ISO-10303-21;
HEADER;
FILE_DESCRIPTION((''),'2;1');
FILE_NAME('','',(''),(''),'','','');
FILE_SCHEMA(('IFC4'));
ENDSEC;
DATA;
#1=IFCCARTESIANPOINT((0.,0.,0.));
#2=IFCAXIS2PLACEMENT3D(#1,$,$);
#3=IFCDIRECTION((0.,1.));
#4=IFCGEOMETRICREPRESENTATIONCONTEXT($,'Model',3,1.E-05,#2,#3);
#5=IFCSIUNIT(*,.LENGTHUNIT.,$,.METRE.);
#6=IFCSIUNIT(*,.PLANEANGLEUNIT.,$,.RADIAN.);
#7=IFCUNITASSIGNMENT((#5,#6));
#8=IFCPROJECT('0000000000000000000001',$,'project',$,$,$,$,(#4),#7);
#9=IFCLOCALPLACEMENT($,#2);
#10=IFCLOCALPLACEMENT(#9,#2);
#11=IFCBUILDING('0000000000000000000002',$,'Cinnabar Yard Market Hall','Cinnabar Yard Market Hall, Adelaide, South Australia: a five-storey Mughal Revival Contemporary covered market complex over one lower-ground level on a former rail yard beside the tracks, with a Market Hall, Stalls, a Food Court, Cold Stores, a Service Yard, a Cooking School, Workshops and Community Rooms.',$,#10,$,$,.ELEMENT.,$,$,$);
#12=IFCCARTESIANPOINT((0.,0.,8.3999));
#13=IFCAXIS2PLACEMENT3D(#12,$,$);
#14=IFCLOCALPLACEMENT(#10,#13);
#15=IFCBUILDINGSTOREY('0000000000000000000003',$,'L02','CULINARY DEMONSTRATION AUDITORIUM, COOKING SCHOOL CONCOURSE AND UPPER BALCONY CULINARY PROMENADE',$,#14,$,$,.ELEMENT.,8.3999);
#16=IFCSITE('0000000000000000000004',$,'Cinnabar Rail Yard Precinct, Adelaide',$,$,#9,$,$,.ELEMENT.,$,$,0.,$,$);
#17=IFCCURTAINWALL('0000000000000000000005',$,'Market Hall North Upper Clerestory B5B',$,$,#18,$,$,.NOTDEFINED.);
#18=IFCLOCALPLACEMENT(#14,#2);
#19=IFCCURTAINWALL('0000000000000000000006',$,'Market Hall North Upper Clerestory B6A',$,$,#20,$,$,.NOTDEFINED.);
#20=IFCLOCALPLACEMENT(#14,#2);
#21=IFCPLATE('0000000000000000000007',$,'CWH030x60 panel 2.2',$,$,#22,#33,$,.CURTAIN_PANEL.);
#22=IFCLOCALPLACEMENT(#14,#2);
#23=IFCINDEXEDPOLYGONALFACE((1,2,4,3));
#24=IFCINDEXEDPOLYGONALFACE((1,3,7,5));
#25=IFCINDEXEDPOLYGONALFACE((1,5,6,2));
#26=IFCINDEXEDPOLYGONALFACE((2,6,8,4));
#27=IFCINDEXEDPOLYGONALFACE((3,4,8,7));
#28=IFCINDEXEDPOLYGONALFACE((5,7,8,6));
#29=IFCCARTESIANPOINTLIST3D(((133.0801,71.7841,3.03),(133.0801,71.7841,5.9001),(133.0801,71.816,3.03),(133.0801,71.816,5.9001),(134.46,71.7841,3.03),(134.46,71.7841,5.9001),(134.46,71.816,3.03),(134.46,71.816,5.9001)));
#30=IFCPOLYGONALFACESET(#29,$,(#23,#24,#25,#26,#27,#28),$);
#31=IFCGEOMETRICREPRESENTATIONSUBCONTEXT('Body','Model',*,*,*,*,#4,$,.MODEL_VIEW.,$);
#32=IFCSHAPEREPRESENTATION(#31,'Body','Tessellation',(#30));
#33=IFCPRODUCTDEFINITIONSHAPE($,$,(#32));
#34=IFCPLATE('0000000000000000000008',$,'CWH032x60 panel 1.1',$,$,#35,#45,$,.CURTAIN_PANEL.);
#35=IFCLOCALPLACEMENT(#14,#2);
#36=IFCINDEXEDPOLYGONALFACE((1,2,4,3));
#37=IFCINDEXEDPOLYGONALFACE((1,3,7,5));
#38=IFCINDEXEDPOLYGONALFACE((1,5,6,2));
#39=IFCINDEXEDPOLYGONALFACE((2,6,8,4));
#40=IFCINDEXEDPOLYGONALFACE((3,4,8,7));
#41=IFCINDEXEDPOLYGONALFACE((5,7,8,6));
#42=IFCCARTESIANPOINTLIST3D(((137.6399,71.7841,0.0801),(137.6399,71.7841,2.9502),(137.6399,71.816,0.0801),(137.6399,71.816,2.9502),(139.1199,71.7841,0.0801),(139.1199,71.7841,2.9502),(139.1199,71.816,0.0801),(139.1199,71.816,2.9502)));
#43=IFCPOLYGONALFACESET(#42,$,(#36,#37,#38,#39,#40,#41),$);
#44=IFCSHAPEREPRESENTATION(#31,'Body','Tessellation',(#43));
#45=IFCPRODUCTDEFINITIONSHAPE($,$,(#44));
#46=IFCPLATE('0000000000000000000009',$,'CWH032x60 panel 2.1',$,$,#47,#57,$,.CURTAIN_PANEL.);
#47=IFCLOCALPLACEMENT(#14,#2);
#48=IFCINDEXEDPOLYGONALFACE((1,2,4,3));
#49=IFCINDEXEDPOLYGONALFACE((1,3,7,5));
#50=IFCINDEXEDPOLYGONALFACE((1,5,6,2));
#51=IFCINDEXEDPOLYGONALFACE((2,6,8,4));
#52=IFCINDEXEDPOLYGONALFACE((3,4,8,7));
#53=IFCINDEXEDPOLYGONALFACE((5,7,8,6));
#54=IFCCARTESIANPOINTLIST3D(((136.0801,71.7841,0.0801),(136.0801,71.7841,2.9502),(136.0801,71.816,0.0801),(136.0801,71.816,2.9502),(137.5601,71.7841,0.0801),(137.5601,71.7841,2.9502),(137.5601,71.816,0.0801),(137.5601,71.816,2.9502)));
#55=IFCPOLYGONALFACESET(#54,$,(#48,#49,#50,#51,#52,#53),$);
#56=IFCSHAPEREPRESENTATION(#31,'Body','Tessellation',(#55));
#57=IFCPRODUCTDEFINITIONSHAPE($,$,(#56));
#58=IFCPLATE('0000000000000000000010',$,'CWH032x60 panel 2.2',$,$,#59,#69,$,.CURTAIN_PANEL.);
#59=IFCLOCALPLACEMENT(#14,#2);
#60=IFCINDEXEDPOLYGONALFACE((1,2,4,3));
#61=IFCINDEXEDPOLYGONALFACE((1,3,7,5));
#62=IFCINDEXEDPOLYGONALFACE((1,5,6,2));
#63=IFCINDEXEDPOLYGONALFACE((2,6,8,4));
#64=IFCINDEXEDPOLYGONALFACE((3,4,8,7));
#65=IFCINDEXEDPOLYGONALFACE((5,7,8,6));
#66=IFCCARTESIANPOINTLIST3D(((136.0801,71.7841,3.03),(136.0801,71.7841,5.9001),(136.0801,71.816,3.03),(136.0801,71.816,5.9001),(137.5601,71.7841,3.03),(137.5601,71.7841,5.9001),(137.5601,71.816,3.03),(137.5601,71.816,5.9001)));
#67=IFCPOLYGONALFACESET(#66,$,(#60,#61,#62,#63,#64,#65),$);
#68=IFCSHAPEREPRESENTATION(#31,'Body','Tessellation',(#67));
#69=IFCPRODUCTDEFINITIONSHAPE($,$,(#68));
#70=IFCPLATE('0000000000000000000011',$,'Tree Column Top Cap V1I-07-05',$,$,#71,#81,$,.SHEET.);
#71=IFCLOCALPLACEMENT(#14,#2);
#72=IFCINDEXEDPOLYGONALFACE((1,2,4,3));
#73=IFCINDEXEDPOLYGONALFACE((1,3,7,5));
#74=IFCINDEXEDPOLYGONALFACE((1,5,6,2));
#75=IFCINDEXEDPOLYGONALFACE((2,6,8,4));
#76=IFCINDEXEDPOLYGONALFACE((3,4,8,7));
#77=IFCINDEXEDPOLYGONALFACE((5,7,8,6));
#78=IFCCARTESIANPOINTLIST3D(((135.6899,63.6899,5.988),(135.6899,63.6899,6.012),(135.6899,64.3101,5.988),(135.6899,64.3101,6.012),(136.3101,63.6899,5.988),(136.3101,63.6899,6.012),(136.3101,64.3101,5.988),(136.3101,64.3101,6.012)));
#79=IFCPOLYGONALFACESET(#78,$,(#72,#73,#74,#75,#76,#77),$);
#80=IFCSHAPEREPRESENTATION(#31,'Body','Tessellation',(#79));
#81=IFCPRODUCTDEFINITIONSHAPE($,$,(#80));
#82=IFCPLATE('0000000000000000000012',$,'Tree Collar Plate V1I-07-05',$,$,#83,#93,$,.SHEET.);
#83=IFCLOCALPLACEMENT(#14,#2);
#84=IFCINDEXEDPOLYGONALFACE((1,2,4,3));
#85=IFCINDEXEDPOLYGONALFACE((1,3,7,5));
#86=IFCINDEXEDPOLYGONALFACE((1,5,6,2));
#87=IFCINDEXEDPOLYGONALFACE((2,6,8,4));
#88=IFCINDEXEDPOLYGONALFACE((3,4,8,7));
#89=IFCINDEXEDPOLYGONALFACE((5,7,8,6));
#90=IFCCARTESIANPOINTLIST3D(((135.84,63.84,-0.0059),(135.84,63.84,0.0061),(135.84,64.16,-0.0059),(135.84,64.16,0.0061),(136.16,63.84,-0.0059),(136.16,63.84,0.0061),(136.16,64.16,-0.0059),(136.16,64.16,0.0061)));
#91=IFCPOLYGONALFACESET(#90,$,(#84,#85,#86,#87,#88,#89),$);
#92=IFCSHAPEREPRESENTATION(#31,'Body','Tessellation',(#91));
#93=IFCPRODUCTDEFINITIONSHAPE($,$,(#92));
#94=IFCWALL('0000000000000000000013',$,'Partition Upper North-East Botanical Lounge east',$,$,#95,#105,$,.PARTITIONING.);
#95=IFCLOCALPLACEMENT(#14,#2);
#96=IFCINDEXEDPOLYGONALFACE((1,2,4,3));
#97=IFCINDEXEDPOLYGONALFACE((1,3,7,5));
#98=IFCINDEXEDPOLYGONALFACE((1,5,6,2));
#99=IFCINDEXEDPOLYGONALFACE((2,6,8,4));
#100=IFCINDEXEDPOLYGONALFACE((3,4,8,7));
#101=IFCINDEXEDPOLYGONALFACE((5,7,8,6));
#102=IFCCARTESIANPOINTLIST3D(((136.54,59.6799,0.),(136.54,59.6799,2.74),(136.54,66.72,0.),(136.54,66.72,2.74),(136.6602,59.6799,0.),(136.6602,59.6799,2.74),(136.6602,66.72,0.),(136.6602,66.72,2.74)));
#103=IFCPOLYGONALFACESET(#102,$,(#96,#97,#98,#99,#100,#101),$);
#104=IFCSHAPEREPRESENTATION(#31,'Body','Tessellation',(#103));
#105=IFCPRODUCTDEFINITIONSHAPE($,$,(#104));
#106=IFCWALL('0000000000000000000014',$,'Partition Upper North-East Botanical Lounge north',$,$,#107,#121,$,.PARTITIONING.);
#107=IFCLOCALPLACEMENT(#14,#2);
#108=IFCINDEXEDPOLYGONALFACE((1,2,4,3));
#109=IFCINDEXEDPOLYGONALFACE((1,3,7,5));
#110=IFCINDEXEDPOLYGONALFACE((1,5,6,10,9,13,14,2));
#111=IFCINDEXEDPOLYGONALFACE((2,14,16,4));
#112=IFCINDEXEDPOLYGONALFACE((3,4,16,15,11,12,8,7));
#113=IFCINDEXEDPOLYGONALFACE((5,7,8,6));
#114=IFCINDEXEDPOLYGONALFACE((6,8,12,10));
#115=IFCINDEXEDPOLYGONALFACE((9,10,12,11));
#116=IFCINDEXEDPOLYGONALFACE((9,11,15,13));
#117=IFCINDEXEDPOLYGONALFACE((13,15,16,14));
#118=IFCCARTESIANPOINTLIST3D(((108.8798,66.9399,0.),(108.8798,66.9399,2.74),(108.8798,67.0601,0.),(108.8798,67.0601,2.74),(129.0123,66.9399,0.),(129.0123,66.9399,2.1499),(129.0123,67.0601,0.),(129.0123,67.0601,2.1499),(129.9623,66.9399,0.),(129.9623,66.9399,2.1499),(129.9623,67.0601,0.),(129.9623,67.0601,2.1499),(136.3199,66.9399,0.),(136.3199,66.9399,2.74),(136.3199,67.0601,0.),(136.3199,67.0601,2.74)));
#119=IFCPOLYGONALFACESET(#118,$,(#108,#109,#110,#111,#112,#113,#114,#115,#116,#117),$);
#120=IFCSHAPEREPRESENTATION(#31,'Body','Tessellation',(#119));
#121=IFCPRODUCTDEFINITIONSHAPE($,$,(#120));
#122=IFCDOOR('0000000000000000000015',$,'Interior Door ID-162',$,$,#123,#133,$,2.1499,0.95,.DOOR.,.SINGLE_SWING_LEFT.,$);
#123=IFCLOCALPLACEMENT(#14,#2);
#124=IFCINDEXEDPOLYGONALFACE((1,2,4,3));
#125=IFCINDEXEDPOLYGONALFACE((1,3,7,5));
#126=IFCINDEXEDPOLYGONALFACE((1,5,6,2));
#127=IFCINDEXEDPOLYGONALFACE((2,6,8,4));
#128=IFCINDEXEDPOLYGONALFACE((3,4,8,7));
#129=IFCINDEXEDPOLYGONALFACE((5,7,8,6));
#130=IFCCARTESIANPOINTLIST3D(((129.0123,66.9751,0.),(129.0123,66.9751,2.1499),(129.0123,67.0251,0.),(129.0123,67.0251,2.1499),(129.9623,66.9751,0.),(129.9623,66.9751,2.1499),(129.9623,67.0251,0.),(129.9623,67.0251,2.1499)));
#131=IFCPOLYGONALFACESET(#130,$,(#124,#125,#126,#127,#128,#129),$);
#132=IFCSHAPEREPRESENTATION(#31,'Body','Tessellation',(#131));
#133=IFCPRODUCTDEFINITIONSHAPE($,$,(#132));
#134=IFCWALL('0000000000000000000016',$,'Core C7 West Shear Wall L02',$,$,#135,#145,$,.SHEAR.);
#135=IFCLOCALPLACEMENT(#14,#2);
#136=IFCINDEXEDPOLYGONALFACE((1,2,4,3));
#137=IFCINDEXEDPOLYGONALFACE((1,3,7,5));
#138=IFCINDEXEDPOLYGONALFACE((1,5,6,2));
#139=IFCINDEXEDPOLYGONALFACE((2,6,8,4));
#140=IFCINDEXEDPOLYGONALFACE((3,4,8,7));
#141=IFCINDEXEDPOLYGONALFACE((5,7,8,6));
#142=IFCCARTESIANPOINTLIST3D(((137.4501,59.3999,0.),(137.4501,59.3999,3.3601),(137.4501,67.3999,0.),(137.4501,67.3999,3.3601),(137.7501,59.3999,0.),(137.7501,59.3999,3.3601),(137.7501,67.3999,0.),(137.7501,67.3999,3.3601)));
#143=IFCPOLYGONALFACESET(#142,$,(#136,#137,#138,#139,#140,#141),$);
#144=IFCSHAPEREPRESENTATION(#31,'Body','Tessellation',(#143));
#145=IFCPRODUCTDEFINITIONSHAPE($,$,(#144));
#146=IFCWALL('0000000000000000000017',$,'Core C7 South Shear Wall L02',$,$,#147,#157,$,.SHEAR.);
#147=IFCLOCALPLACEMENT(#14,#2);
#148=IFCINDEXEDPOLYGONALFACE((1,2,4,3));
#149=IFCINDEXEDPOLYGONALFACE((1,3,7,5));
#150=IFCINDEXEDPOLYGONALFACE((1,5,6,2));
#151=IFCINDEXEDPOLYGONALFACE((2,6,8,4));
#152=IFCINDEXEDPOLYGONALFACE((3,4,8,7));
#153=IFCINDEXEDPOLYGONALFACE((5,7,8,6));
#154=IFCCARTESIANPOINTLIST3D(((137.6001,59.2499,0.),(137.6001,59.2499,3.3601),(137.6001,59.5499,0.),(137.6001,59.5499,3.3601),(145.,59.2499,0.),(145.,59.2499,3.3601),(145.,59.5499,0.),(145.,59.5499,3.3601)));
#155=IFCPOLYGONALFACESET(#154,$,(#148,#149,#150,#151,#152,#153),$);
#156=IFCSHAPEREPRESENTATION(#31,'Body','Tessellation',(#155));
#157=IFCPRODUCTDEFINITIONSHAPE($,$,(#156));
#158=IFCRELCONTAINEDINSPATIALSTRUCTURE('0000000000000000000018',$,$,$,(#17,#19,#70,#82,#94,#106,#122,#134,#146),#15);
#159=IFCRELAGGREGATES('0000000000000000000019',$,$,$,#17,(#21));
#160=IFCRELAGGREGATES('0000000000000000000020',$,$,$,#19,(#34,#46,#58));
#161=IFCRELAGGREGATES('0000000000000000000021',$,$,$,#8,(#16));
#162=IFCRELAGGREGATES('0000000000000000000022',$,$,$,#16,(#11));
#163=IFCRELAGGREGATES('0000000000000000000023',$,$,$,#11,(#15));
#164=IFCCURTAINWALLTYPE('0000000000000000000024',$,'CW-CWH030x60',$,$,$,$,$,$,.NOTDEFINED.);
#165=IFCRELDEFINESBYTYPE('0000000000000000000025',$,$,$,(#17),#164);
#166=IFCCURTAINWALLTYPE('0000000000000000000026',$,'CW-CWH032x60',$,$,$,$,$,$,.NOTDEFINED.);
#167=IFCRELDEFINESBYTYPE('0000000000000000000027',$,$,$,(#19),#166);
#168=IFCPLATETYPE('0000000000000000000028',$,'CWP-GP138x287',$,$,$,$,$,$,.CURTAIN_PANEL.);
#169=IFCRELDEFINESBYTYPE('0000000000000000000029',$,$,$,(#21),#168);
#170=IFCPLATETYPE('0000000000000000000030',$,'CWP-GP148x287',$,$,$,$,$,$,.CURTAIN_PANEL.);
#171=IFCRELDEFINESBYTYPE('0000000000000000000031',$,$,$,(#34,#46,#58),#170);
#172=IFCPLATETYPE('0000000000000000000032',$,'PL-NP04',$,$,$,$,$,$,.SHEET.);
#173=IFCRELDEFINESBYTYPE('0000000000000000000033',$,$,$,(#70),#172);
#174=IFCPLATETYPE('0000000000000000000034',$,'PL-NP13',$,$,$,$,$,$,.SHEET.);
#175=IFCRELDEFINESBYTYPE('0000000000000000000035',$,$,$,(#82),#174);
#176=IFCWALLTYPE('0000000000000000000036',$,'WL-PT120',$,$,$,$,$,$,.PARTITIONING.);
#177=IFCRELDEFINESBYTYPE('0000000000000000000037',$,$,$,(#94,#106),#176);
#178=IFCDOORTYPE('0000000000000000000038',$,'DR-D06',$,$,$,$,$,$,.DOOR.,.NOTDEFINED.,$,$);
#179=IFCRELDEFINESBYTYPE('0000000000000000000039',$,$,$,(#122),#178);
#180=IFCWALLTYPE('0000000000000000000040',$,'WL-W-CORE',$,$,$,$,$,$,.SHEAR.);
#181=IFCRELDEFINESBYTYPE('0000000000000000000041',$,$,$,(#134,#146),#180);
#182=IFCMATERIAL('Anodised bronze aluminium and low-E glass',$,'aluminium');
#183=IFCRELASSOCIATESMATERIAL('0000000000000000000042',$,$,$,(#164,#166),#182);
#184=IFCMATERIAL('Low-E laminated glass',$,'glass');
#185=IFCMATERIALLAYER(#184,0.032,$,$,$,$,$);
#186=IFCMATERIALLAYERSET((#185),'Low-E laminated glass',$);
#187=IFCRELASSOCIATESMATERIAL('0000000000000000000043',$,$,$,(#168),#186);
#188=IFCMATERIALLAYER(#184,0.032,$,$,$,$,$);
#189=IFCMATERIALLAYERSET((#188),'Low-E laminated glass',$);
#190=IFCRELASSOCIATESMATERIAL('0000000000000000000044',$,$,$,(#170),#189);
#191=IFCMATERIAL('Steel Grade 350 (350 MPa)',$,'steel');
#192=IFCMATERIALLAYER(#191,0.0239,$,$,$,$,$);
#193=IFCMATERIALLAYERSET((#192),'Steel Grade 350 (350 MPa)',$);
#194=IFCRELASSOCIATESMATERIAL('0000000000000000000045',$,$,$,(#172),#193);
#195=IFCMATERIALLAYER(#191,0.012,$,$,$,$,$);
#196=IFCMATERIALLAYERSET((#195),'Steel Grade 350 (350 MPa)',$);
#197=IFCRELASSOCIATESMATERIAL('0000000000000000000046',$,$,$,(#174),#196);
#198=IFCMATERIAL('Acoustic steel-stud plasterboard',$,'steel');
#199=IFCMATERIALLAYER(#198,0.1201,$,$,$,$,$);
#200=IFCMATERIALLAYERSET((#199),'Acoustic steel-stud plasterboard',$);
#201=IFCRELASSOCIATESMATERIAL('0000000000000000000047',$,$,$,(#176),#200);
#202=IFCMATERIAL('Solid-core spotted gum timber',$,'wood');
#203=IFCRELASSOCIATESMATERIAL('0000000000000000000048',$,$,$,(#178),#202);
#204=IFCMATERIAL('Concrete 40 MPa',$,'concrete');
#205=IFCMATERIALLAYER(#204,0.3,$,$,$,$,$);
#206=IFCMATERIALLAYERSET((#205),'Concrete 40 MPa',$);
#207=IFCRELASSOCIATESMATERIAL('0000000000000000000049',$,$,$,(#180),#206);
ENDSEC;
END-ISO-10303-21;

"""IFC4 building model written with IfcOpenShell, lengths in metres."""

from ifc_helpers import new_model, si_unit, direction, frame, frame_2d, origin, origin_2d_with_axis, place, context, subcontext, project, spatial, rectangle, extrude, material, layer, layer_set, type_object, element, fill, aggregate, save


model = new_model("IFC4")

# Units and contexts
model_context = context("Model", 3, precision=1e-05, world=origin(), true_north=direction((0.0, 1.0)))
body_context = subcontext(model_context, "Body", "Model", "MODEL_VIEW")
ifc_project = project(units=[si_unit("LENGTHUNIT", "METRE"), si_unit("PLANEANGLEUNIT", "RADIAN")], contexts=[model_context])

# Site, building, storey
site_placement = place(None, origin())
site = spatial("IfcSite", under=ifc_project, at=site_placement, Name="Cinnabar Rail Yard Precinct, Adelaide", CompositionType="ELEMENT", RefElevation=0.0)
building_placement = place(site_placement, origin())
building = spatial("IfcBuilding", under=site, at=building_placement, Name="Cinnabar Yard Market Hall", Description="Cinnabar Yard Market Hall, Adelaide, South Australia: a five-storey Mughal Revival Contemporary covered market complex over one lower-ground level on a former rail yard beside the tracks, with a Market Hall, Stalls, a Food Court, Cold Stores, a Service Yard, a Cooking School, Workshops and Community Rooms.", CompositionType="ELEMENT")
storey_placement = place(building_placement, frame((0.0, 0.0, 8.3999)))
storey = spatial("IfcBuildingStorey", under=building, at=storey_placement, Name="L02", Description="CULINARY DEMONSTRATION AUDITORIUM, COOKING SCHOOL CONCOURSE AND UPPER BALCONY CULINARY PROMENADE", CompositionType="ELEMENT", Elevation=8.3999)

# Curtain walls
ifc_material_1 = material(Name="Anodised bronze aluminium and low-E glass", Category="aluminium")
curtain_wall_type_1 = type_object("IfcCurtainWallType", Name="CW-CWH030x60", PredefinedType="NOTDEFINED", material=ifc_material_1)
curtain_wall_1_placement = place(storey_placement, origin())
curtain_wall_1 = element("IfcCurtainWall", 1, at=curtain_wall_1_placement, inside=storey, type_object=curtain_wall_type_1, Name="Market Hall North Upper Clerestory B5B", PredefinedType="NOTDEFINED")
curtain_wall_type_2 = type_object("IfcCurtainWallType", Name="CW-CWH032x60", PredefinedType="NOTDEFINED", material=ifc_material_1)
curtain_wall_2_placement = place(storey_placement, origin())
curtain_wall_2 = element("IfcCurtainWall", 2, at=curtain_wall_2_placement, inside=storey, type_object=curtain_wall_type_2, Name="Market Hall North Upper Clerestory B6A", PredefinedType="NOTDEFINED")

# Plates
ifc_material_2 = material(Name="Low-E laminated glass", Category="glass")
ifc_layer_1 = layer(ifc_material_2, 0.032)
ifc_layer_set_1 = layer_set([ifc_layer_1], Name="Low-E laminated glass")
plate_type_1 = type_object("IfcPlateType", Name="CWP-GP138x287", PredefinedType="CURTAIN_PANEL", material=ifc_layer_set_1)
plate_1_placement = place(storey_placement, frame((133.77, 71.8, 3.03), z_axis=(0.0, 0.0, 1.0), x_axis=(-1.0, 0.0, 0.0)))
plate_1 = element("IfcPlate", 3, at=plate_1_placement, type_object=plate_type_1, Name="CWH030x60 panel 2.2", PredefinedType="CURTAIN_PANEL", context=body_context, shape_type="SweptSolid", body=[
    extrude(rectangle(XDim=1.3799, YDim=0.032, at=origin_2d_with_axis()), origin(), (0.0, 0.0, 1.0), 2.8701),
])
aggregate(curtain_wall_1, [plate_1])
ifc_layer_2 = layer(ifc_material_2, 0.032)
ifc_layer_set_2 = layer_set([ifc_layer_2], Name="Low-E laminated glass")
plate_type_2 = type_object("IfcPlateType", Name="CWP-GP148x287", PredefinedType="CURTAIN_PANEL", material=ifc_layer_set_2)
plate_2_placement = place(storey_placement, frame((138.3799, 71.8, 0.0801), z_axis=(0.0, 0.0, 1.0), x_axis=(-1.0, 0.0, 0.0)))
plate_2 = element("IfcPlate", 4, at=plate_2_placement, type_object=plate_type_2, Name="CWH032x60 panel 1.1", PredefinedType="CURTAIN_PANEL", context=body_context, shape_type="SweptSolid", body=[
    extrude(rectangle(XDim=1.48, YDim=0.032, at=origin_2d_with_axis()), origin(), (0.0, 0.0, 1.0), 2.8701),
])
plate_3_placement = place(storey_placement, frame((136.8201, 71.8, 0.0801), z_axis=(0.0, 0.0, 1.0), x_axis=(-1.0, 0.0, 0.0)))
plate_3 = element("IfcPlate", 5, at=plate_3_placement, type_object=plate_type_2, Name="CWH032x60 panel 2.1", PredefinedType="CURTAIN_PANEL", context=body_context, shape_type="SweptSolid", body=[
    extrude(rectangle(XDim=1.48, YDim=0.032, at=origin_2d_with_axis()), origin(), (0.0, 0.0, 1.0), 2.8701),
])
plate_4_placement = place(storey_placement, frame((136.8201, 71.8, 3.03), z_axis=(0.0, 0.0, 1.0), x_axis=(-1.0, 0.0, 0.0)))
plate_4 = element("IfcPlate", 6, at=plate_4_placement, type_object=plate_type_2, Name="CWH032x60 panel 2.2", PredefinedType="CURTAIN_PANEL", context=body_context, shape_type="SweptSolid", body=[
    extrude(rectangle(XDim=1.48, YDim=0.032, at=origin_2d_with_axis()), origin(), (0.0, 0.0, 1.0), 2.8701),
])
aggregate(curtain_wall_2, [plate_2, plate_3, plate_4])

# Plates
ifc_material_3 = material(Name="Steel Grade 350 (350 MPa)", Category="steel")
ifc_layer_3 = layer(ifc_material_3, 0.0239)
ifc_layer_set_3 = layer_set([ifc_layer_3], Name="Steel Grade 350 (350 MPa)")
plate_type_3 = type_object("IfcPlateType", Name="PL-NP04", PredefinedType="SHEET", material=ifc_layer_set_3)
plate_5_placement = place(storey_placement, frame((136.0, 64.0, 5.988), z_axis=(0.0, 0.0, 1.0), x_axis=(1.0, 0.0, 0.0)))
element("IfcPlate", 7, at=plate_5_placement, inside=storey, type_object=plate_type_3, Name="Tree Column Top Cap V1I-07-05", PredefinedType="SHEET", context=body_context, shape_type="SweptSolid", body=[
    extrude(rectangle(XDim=0.6201, YDim=0.6201, at=origin_2d_with_axis()), origin(), (0.0, 0.0, 1.0), 0.0239),
])
ifc_layer_4 = layer(ifc_material_3, 0.012)
ifc_layer_set_4 = layer_set([ifc_layer_4], Name="Steel Grade 350 (350 MPa)")
plate_type_4 = type_object("IfcPlateType", Name="PL-NP13", PredefinedType="SHEET", material=ifc_layer_set_4)
plate_6_placement = place(storey_placement, frame((136.0, 64.0, -0.0059), z_axis=(0.0, 0.0, 1.0), x_axis=(1.0, 0.0, 0.0)))
element("IfcPlate", 8, at=plate_6_placement, inside=storey, type_object=plate_type_4, Name="Tree Collar Plate V1I-07-05", PredefinedType="SHEET", context=body_context, shape_type="SweptSolid", body=[
    extrude(rectangle(XDim=0.3201, YDim=0.3201, at=origin_2d_with_axis()), origin(), (0.0, 0.0, 1.0), 0.012),
])

# Wall
ifc_material_4 = material(Name="Acoustic steel-stud plasterboard", Category="steel")
ifc_layer_5 = layer(ifc_material_4, 0.1201)
ifc_layer_set_5 = layer_set([ifc_layer_5], Name="Acoustic steel-stud plasterboard")
wall_type_1 = type_object("IfcWallType", Name="WL-PT120", PredefinedType="PARTITIONING", material=ifc_layer_set_5)
wall_1_placement = place(storey_placement, frame((136.6001, 59.6799, 0.0), z_axis=(0.0, 0.0, 1.0), x_axis=(0.0, 1.0, 0.0)))
element("IfcWall", 9, at=wall_1_placement, inside=storey, type_object=wall_type_1, Name="Partition Upper North-East Botanical Lounge east", PredefinedType="PARTITIONING", context=body_context, shape_type="SweptSolid", body=[
    extrude(rectangle(XDim=7.04, YDim=0.1201, at=frame_2d((3.52, 0.0), x_axis=(1.0, 0.0))), origin(), (0.0, 0.0, 1.0), 2.74),
])

# Wall, opening, door
wall_2_placement = place(storey_placement, frame((136.3201, 67.0, 0.0), z_axis=(0.0, 0.0, 1.0), x_axis=(-1.0, 0.0, 0.0)))
wall_2 = element("IfcWall", 10, at=wall_2_placement, inside=storey, type_object=wall_type_1, Name="Partition Upper North-East Botanical Lounge north", PredefinedType="PARTITIONING", context=body_context, shape_type="SweptSolid", body=[
    extrude(rectangle(XDim=27.4402, YDim=0.1201, at=frame_2d((13.7202, 0.0), x_axis=(1.0, 0.0))), origin(), (0.0, 0.0, 1.0), 2.74),
])
opening_placement = place(wall_2_placement, frame((6.3577, 0.0, 0.0)))
opening = element("IfcOpeningElement", 11, at=opening_placement, cuts=wall_2, PredefinedType="OPENING", context=body_context, shape_type="SweptSolid", body=[
    extrude(rectangle(XDim=0.95, YDim=2.1499, at=frame_2d((0.4751, 1.075), x_axis=(1.0, 0.0))), frame((0.0, 0.0701, 0.0), z_axis=(0.0, -1.0, 0.0), x_axis=(1.0, 0.0, 0.0)), (0.0, 0.0, 1.0), 0.1401),
])
ifc_material_5 = material(Name="Solid-core spotted gum timber", Category="wood")
door_type = type_object("IfcDoorType", Name="DR-D06", OperationType="NOTDEFINED", PredefinedType="DOOR", material=ifc_material_5)
door_placement = place(opening_placement, origin())
door = element("IfcDoor", 12, at=door_placement, inside=storey, type_object=door_type, Name="Interior Door ID-162", OperationType="SINGLE_SWING_LEFT", OverallHeight=2.1499, OverallWidth=0.95, PredefinedType="DOOR", context=body_context, shape_type="SweptSolid", body=[
    extrude(rectangle(XDim=0.95, YDim=2.1499, at=frame_2d((0.4751, 1.075), x_axis=(1.0, 0.0))), frame((0.0, 0.0249, 0.0), z_axis=(0.0, -1.0, 0.0), x_axis=(1.0, 0.0, 0.0)), (0.0, 0.0, 1.0), 0.05),
])
fill(opening, door)

# Walls
ifc_material_6 = material(Name="Concrete 40 MPa", Category="concrete")
ifc_layer_6 = layer(ifc_material_6, 0.3)
ifc_layer_set_6 = layer_set([ifc_layer_6], Name="Concrete 40 MPa")
wall_type_2 = type_object("IfcWallType", Name="WL-W-CORE", PredefinedType="SHEAR", material=ifc_layer_set_6)
wall_3_placement = place(storey_placement, frame((137.6001, 67.3999, 0.0), z_axis=(0.0, 0.0, 1.0), x_axis=(0.0, -1.0, 0.0)))
element("IfcWall", 13, at=wall_3_placement, inside=storey, type_object=wall_type_2, Name="Core C7 West Shear Wall L02", PredefinedType="SHEAR", context=body_context, shape_type="SweptSolid", body=[
    extrude(rectangle(XDim=8.0, YDim=0.3, at=frame_2d((4.0, 0.0), x_axis=(1.0, 0.0))), origin(), (0.0, 0.0, 1.0), 3.3601),
])
wall_4_placement = place(storey_placement, frame((137.6001, 59.3999, 0.0), z_axis=(0.0, 0.0, 1.0), x_axis=(1.0, 0.0, 0.0)))
element("IfcWall", 14, at=wall_4_placement, inside=storey, type_object=wall_type_2, Name="Core C7 South Shear Wall L02", PredefinedType="SHEAR", context=body_context, shape_type="SweptSolid", body=[
    extrude(rectangle(XDim=7.3999, YDim=0.3, at=frame_2d((3.7, 0.0), x_axis=(1.0, 0.0))), origin(), (0.0, 0.0, 1.0), 3.3601),
])

save(model, "model.ifc")
